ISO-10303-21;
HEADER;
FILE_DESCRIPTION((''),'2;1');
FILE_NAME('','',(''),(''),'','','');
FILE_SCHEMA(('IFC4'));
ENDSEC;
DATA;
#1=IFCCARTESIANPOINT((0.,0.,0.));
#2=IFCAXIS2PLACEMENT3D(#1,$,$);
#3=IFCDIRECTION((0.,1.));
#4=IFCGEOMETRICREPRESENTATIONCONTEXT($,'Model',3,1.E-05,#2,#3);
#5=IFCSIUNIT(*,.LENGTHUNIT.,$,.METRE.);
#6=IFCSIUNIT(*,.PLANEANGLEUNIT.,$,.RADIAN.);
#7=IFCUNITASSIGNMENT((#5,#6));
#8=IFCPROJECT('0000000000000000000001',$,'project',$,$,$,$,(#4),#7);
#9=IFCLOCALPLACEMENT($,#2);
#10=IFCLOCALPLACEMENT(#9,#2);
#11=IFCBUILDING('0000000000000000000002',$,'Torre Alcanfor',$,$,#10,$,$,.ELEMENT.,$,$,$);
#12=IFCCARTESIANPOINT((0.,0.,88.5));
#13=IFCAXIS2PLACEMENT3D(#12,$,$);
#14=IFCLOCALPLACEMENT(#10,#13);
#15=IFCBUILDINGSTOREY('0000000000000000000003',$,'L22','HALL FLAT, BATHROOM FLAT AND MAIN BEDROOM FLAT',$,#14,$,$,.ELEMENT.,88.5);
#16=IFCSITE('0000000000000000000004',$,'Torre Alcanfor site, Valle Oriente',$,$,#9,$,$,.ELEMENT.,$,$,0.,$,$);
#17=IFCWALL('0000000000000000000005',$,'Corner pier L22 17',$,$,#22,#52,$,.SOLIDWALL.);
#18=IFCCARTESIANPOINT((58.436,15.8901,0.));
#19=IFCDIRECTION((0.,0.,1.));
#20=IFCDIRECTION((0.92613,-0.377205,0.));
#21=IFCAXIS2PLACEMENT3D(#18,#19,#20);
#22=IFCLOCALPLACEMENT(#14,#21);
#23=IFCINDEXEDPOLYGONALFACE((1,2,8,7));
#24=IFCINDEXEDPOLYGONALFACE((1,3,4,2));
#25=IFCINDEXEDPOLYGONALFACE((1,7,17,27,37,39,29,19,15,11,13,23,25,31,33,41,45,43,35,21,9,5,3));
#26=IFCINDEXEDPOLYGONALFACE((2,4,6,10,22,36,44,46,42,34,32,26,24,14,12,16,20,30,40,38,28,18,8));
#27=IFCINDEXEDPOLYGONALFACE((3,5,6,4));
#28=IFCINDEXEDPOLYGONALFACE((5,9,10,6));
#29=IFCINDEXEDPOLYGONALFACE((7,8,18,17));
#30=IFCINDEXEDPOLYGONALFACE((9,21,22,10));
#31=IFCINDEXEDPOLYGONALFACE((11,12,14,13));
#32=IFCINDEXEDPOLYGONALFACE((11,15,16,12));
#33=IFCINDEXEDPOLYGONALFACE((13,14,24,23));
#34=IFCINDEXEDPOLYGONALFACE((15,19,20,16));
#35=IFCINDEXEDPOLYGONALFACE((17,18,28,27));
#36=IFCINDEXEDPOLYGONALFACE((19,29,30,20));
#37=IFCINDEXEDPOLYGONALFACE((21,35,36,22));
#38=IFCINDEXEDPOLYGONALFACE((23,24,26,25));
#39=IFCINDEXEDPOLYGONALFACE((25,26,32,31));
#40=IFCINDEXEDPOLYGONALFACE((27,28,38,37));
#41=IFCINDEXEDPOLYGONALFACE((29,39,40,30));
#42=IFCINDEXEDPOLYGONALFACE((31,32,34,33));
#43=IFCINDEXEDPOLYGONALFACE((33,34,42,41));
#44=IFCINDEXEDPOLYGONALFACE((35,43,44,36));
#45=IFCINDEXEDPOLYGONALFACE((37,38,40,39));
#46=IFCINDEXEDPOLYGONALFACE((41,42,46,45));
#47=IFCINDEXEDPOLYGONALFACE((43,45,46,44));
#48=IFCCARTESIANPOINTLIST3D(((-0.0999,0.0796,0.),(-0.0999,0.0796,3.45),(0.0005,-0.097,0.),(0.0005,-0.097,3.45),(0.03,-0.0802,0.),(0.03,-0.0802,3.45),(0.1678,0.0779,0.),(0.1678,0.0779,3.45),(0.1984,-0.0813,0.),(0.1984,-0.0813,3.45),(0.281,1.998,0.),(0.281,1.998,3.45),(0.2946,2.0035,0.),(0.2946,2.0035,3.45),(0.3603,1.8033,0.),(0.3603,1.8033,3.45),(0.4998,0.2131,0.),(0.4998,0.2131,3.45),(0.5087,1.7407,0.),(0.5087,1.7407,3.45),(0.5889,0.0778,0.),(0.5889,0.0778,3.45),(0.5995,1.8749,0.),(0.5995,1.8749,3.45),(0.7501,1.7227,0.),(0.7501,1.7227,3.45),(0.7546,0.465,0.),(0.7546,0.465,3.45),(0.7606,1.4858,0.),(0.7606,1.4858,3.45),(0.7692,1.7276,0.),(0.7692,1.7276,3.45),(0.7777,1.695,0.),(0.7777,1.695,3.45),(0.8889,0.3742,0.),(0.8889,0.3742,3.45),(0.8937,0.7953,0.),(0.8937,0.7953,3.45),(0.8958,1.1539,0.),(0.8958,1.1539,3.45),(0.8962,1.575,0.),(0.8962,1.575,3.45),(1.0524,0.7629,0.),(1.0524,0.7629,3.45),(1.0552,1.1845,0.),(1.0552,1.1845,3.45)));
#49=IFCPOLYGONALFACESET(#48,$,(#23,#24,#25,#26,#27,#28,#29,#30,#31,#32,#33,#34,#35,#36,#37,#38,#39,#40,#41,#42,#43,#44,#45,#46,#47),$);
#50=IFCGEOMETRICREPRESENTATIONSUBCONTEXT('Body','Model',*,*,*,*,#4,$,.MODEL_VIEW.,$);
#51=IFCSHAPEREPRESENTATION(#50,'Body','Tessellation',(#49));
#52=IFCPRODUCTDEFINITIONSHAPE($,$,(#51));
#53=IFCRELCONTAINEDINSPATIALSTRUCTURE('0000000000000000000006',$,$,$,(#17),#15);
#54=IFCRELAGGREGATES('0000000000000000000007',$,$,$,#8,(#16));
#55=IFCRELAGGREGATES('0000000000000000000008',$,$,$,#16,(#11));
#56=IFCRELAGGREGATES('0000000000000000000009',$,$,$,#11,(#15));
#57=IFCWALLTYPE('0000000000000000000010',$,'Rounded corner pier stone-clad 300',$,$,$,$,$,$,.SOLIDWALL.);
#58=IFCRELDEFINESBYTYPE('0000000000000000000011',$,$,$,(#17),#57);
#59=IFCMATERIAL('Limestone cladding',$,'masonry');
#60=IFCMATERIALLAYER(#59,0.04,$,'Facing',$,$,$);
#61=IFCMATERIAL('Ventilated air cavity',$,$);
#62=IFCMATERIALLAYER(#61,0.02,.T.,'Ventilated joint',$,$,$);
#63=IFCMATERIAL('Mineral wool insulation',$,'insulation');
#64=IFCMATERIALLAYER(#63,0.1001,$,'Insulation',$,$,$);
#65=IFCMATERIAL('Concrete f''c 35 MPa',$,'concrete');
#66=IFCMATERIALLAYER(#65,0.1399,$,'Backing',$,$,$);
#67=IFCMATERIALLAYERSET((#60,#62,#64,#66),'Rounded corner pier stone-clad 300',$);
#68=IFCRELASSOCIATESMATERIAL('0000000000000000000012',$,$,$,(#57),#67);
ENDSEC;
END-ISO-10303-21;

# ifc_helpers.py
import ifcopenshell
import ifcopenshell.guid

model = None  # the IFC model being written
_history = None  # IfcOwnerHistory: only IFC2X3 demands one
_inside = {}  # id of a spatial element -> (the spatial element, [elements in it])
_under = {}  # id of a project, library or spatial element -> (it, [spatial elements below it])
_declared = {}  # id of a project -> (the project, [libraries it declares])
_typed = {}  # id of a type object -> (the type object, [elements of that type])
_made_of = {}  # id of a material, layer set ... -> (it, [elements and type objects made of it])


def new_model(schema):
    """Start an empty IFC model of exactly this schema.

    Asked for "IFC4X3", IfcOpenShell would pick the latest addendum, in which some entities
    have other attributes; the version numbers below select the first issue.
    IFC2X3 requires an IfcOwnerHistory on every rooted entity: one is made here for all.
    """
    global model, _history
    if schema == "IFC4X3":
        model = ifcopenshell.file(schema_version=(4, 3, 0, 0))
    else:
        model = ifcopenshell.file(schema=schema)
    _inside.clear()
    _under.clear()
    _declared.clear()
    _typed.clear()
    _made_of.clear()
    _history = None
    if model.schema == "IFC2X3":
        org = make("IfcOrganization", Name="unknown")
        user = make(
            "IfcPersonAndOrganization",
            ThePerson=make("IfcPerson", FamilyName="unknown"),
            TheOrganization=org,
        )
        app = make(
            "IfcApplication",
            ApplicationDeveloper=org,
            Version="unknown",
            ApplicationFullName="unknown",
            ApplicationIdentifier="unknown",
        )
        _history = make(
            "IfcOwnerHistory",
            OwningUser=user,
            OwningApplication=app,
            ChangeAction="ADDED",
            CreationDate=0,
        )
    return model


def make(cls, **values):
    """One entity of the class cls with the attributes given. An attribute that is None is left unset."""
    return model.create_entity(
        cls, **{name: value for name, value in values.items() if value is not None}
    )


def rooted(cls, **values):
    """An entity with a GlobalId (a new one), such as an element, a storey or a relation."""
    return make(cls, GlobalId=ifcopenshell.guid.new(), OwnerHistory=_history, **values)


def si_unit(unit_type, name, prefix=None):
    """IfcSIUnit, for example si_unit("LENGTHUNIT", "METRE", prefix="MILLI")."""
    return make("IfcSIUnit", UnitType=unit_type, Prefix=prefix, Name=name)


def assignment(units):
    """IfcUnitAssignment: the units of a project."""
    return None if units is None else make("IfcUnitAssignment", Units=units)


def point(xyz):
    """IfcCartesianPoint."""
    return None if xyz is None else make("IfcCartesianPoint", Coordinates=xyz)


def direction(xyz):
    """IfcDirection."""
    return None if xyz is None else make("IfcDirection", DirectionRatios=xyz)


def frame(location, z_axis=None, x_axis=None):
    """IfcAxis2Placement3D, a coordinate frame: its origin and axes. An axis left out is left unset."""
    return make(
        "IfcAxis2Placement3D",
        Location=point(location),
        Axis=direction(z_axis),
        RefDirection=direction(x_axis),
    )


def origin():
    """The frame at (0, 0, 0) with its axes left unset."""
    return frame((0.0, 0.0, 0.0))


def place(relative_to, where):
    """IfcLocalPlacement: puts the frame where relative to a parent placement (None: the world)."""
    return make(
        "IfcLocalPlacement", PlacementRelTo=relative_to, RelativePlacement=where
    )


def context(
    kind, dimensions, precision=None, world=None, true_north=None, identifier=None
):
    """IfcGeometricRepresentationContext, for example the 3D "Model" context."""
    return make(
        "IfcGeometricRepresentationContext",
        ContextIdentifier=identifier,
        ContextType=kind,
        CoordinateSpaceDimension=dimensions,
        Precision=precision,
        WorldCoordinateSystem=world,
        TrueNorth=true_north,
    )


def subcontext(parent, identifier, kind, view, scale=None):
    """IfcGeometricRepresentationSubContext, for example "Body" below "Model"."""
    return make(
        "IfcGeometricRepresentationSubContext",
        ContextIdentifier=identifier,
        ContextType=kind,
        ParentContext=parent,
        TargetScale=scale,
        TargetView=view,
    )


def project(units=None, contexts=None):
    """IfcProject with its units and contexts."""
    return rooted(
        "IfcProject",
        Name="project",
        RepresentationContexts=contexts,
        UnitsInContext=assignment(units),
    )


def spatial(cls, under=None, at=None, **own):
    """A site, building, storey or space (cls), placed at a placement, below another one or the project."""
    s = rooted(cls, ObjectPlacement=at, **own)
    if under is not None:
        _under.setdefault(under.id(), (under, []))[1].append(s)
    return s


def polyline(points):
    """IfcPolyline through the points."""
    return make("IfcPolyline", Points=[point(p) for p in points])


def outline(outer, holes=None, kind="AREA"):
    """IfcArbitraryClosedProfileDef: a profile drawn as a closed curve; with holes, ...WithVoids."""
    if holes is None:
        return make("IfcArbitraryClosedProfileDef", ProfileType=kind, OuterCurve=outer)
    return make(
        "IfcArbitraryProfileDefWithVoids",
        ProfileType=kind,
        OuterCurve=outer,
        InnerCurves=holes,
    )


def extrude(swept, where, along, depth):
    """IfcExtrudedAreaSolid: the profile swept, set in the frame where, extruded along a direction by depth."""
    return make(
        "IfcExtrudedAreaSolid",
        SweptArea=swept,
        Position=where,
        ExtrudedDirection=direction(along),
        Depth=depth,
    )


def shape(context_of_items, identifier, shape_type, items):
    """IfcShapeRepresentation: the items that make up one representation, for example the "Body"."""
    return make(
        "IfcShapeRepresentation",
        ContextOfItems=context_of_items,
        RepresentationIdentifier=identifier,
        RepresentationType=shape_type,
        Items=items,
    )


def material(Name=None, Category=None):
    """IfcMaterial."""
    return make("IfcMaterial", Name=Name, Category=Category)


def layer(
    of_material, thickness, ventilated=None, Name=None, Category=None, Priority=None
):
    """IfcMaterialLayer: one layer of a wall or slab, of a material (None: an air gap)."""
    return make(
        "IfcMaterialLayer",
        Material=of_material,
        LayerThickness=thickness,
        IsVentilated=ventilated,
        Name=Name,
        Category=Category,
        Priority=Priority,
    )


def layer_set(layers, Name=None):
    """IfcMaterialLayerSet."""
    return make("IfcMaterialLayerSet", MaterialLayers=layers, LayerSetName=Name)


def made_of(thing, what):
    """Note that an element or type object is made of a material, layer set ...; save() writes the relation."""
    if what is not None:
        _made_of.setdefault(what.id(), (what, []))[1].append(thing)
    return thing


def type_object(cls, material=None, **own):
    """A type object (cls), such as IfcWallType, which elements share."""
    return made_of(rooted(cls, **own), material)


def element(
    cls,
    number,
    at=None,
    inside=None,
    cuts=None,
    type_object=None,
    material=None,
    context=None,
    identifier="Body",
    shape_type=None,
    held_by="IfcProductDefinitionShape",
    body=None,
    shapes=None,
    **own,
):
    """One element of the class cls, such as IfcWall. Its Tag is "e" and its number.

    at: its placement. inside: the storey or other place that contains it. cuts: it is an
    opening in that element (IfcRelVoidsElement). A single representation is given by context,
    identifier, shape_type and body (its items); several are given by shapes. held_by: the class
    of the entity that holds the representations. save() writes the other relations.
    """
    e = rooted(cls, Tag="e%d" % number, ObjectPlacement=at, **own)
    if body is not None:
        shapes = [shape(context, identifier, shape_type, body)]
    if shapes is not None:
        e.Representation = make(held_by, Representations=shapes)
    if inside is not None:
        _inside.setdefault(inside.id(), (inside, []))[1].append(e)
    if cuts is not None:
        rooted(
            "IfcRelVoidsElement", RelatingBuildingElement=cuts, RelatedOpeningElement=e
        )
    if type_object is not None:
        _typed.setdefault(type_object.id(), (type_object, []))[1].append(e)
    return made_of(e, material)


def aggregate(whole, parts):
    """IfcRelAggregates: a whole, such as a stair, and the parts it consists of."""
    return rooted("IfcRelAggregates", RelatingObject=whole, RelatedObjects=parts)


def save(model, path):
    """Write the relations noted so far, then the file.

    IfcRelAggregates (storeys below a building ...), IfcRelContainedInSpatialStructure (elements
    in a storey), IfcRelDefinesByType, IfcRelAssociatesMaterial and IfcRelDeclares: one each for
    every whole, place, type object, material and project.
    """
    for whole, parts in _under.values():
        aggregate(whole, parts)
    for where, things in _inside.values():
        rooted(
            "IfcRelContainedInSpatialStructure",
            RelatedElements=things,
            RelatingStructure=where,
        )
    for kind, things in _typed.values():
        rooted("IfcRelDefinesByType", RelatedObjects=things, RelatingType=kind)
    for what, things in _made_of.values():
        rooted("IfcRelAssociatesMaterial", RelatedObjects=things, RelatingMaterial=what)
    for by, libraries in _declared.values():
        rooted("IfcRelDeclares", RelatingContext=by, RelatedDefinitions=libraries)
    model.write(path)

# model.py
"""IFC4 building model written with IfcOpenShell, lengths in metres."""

from ifc_helpers import new_model, si_unit, direction, frame, origin, place, context, subcontext, project, spatial, polyline, outline, extrude, material, layer, layer_set, type_object, element, save


model = new_model("IFC4")

# Units and contexts
model_context = context("Model", 3, precision=1e-05, world=origin(), true_north=direction((0.0, 1.0)))
body_context = subcontext(model_context, "Body", "Model", "MODEL_VIEW")
ifc_project = project(units=[si_unit("LENGTHUNIT", "METRE"), si_unit("PLANEANGLEUNIT", "RADIAN")], contexts=[model_context])

# Site, building, storey
site_placement = place(None, origin())
site = spatial("IfcSite", under=ifc_project, at=site_placement, Name="Torre Alcanfor site, Valle Oriente", CompositionType="ELEMENT", RefElevation=0.0)
building_placement = place(site_placement, origin())
building = spatial("IfcBuilding", under=site, at=building_placement, Name="Torre Alcanfor", CompositionType="ELEMENT")
storey_placement = place(building_placement, frame((0.0, 0.0, 88.5)))
storey = spatial("IfcBuildingStorey", under=building, at=storey_placement, Name="L22", Description="HALL FLAT, BATHROOM FLAT AND MAIN BEDROOM FLAT", CompositionType="ELEMENT", Elevation=88.5)

# Shared definitions
ifc_material_1 = material(Name="Limestone cladding", Category="masonry")
ifc_material_2 = material(Name="Ventilated air cavity")
ifc_material_3 = material(Name="Mineral wool insulation", Category="insulation")
ifc_material_4 = material(Name="Concrete f'c 35 MPa", Category="concrete")

# Wall
ifc_layer_1 = layer(ifc_material_1, 0.04, Name="Facing")
ifc_layer_2 = layer(ifc_material_2, 0.02, ventilated=True, Name="Ventilated joint")
ifc_layer_3 = layer(ifc_material_3, 0.1001, Name="Insulation")
ifc_layer_4 = layer(ifc_material_4, 0.1399, Name="Backing")
ifc_layer_set_1 = layer_set([ifc_layer_1, ifc_layer_2, ifc_layer_3, ifc_layer_4], Name="Rounded corner pier stone-clad 300")
wall_type_1 = type_object("IfcWallType", Name="Rounded corner pier stone-clad 300", PredefinedType="SOLIDWALL", material=ifc_layer_set_1)
wall_1_placement = place(storey_placement, frame((58.436, 15.8901, 0.0), z_axis=(0.0, 0.0, 1.0), x_axis=(0.92613, -0.377205, 0.0)))
element("IfcWall", 1, at=wall_1_placement, inside=storey, type_object=wall_type_1, Name="Corner pier L22 17", PredefinedType="SOLIDWALL", context=body_context, shape_type="SweptSolid", body=[
    extrude(outline(polyline([(0.7692, 1.7276), (0.7501, 1.7227), (0.5995, 1.8749), (0.2946, 2.0035), (0.281, 1.998), (0.3603, 1.8033), (0.5087, 1.7407), (0.7606, 1.4858), (0.8958, 1.1539), (0.8937, 0.7953), (0.7546, 0.465), (0.4998, 0.2131), (0.1678, 0.0779), (-0.0999, 0.0796), (0.0005, -0.097), (0.03, -0.0802), (0.1984, -0.0813), (0.5889, 0.0778), (0.8889, 0.3742), (1.0524, 0.7629), (1.0552, 1.1845), (0.8962, 1.575), (0.7777, 1.695), (0.7692, 1.7276)])), origin(), (0.0, 0.0, 1.0), 3.45),
])

save(model, "model.ifc")
